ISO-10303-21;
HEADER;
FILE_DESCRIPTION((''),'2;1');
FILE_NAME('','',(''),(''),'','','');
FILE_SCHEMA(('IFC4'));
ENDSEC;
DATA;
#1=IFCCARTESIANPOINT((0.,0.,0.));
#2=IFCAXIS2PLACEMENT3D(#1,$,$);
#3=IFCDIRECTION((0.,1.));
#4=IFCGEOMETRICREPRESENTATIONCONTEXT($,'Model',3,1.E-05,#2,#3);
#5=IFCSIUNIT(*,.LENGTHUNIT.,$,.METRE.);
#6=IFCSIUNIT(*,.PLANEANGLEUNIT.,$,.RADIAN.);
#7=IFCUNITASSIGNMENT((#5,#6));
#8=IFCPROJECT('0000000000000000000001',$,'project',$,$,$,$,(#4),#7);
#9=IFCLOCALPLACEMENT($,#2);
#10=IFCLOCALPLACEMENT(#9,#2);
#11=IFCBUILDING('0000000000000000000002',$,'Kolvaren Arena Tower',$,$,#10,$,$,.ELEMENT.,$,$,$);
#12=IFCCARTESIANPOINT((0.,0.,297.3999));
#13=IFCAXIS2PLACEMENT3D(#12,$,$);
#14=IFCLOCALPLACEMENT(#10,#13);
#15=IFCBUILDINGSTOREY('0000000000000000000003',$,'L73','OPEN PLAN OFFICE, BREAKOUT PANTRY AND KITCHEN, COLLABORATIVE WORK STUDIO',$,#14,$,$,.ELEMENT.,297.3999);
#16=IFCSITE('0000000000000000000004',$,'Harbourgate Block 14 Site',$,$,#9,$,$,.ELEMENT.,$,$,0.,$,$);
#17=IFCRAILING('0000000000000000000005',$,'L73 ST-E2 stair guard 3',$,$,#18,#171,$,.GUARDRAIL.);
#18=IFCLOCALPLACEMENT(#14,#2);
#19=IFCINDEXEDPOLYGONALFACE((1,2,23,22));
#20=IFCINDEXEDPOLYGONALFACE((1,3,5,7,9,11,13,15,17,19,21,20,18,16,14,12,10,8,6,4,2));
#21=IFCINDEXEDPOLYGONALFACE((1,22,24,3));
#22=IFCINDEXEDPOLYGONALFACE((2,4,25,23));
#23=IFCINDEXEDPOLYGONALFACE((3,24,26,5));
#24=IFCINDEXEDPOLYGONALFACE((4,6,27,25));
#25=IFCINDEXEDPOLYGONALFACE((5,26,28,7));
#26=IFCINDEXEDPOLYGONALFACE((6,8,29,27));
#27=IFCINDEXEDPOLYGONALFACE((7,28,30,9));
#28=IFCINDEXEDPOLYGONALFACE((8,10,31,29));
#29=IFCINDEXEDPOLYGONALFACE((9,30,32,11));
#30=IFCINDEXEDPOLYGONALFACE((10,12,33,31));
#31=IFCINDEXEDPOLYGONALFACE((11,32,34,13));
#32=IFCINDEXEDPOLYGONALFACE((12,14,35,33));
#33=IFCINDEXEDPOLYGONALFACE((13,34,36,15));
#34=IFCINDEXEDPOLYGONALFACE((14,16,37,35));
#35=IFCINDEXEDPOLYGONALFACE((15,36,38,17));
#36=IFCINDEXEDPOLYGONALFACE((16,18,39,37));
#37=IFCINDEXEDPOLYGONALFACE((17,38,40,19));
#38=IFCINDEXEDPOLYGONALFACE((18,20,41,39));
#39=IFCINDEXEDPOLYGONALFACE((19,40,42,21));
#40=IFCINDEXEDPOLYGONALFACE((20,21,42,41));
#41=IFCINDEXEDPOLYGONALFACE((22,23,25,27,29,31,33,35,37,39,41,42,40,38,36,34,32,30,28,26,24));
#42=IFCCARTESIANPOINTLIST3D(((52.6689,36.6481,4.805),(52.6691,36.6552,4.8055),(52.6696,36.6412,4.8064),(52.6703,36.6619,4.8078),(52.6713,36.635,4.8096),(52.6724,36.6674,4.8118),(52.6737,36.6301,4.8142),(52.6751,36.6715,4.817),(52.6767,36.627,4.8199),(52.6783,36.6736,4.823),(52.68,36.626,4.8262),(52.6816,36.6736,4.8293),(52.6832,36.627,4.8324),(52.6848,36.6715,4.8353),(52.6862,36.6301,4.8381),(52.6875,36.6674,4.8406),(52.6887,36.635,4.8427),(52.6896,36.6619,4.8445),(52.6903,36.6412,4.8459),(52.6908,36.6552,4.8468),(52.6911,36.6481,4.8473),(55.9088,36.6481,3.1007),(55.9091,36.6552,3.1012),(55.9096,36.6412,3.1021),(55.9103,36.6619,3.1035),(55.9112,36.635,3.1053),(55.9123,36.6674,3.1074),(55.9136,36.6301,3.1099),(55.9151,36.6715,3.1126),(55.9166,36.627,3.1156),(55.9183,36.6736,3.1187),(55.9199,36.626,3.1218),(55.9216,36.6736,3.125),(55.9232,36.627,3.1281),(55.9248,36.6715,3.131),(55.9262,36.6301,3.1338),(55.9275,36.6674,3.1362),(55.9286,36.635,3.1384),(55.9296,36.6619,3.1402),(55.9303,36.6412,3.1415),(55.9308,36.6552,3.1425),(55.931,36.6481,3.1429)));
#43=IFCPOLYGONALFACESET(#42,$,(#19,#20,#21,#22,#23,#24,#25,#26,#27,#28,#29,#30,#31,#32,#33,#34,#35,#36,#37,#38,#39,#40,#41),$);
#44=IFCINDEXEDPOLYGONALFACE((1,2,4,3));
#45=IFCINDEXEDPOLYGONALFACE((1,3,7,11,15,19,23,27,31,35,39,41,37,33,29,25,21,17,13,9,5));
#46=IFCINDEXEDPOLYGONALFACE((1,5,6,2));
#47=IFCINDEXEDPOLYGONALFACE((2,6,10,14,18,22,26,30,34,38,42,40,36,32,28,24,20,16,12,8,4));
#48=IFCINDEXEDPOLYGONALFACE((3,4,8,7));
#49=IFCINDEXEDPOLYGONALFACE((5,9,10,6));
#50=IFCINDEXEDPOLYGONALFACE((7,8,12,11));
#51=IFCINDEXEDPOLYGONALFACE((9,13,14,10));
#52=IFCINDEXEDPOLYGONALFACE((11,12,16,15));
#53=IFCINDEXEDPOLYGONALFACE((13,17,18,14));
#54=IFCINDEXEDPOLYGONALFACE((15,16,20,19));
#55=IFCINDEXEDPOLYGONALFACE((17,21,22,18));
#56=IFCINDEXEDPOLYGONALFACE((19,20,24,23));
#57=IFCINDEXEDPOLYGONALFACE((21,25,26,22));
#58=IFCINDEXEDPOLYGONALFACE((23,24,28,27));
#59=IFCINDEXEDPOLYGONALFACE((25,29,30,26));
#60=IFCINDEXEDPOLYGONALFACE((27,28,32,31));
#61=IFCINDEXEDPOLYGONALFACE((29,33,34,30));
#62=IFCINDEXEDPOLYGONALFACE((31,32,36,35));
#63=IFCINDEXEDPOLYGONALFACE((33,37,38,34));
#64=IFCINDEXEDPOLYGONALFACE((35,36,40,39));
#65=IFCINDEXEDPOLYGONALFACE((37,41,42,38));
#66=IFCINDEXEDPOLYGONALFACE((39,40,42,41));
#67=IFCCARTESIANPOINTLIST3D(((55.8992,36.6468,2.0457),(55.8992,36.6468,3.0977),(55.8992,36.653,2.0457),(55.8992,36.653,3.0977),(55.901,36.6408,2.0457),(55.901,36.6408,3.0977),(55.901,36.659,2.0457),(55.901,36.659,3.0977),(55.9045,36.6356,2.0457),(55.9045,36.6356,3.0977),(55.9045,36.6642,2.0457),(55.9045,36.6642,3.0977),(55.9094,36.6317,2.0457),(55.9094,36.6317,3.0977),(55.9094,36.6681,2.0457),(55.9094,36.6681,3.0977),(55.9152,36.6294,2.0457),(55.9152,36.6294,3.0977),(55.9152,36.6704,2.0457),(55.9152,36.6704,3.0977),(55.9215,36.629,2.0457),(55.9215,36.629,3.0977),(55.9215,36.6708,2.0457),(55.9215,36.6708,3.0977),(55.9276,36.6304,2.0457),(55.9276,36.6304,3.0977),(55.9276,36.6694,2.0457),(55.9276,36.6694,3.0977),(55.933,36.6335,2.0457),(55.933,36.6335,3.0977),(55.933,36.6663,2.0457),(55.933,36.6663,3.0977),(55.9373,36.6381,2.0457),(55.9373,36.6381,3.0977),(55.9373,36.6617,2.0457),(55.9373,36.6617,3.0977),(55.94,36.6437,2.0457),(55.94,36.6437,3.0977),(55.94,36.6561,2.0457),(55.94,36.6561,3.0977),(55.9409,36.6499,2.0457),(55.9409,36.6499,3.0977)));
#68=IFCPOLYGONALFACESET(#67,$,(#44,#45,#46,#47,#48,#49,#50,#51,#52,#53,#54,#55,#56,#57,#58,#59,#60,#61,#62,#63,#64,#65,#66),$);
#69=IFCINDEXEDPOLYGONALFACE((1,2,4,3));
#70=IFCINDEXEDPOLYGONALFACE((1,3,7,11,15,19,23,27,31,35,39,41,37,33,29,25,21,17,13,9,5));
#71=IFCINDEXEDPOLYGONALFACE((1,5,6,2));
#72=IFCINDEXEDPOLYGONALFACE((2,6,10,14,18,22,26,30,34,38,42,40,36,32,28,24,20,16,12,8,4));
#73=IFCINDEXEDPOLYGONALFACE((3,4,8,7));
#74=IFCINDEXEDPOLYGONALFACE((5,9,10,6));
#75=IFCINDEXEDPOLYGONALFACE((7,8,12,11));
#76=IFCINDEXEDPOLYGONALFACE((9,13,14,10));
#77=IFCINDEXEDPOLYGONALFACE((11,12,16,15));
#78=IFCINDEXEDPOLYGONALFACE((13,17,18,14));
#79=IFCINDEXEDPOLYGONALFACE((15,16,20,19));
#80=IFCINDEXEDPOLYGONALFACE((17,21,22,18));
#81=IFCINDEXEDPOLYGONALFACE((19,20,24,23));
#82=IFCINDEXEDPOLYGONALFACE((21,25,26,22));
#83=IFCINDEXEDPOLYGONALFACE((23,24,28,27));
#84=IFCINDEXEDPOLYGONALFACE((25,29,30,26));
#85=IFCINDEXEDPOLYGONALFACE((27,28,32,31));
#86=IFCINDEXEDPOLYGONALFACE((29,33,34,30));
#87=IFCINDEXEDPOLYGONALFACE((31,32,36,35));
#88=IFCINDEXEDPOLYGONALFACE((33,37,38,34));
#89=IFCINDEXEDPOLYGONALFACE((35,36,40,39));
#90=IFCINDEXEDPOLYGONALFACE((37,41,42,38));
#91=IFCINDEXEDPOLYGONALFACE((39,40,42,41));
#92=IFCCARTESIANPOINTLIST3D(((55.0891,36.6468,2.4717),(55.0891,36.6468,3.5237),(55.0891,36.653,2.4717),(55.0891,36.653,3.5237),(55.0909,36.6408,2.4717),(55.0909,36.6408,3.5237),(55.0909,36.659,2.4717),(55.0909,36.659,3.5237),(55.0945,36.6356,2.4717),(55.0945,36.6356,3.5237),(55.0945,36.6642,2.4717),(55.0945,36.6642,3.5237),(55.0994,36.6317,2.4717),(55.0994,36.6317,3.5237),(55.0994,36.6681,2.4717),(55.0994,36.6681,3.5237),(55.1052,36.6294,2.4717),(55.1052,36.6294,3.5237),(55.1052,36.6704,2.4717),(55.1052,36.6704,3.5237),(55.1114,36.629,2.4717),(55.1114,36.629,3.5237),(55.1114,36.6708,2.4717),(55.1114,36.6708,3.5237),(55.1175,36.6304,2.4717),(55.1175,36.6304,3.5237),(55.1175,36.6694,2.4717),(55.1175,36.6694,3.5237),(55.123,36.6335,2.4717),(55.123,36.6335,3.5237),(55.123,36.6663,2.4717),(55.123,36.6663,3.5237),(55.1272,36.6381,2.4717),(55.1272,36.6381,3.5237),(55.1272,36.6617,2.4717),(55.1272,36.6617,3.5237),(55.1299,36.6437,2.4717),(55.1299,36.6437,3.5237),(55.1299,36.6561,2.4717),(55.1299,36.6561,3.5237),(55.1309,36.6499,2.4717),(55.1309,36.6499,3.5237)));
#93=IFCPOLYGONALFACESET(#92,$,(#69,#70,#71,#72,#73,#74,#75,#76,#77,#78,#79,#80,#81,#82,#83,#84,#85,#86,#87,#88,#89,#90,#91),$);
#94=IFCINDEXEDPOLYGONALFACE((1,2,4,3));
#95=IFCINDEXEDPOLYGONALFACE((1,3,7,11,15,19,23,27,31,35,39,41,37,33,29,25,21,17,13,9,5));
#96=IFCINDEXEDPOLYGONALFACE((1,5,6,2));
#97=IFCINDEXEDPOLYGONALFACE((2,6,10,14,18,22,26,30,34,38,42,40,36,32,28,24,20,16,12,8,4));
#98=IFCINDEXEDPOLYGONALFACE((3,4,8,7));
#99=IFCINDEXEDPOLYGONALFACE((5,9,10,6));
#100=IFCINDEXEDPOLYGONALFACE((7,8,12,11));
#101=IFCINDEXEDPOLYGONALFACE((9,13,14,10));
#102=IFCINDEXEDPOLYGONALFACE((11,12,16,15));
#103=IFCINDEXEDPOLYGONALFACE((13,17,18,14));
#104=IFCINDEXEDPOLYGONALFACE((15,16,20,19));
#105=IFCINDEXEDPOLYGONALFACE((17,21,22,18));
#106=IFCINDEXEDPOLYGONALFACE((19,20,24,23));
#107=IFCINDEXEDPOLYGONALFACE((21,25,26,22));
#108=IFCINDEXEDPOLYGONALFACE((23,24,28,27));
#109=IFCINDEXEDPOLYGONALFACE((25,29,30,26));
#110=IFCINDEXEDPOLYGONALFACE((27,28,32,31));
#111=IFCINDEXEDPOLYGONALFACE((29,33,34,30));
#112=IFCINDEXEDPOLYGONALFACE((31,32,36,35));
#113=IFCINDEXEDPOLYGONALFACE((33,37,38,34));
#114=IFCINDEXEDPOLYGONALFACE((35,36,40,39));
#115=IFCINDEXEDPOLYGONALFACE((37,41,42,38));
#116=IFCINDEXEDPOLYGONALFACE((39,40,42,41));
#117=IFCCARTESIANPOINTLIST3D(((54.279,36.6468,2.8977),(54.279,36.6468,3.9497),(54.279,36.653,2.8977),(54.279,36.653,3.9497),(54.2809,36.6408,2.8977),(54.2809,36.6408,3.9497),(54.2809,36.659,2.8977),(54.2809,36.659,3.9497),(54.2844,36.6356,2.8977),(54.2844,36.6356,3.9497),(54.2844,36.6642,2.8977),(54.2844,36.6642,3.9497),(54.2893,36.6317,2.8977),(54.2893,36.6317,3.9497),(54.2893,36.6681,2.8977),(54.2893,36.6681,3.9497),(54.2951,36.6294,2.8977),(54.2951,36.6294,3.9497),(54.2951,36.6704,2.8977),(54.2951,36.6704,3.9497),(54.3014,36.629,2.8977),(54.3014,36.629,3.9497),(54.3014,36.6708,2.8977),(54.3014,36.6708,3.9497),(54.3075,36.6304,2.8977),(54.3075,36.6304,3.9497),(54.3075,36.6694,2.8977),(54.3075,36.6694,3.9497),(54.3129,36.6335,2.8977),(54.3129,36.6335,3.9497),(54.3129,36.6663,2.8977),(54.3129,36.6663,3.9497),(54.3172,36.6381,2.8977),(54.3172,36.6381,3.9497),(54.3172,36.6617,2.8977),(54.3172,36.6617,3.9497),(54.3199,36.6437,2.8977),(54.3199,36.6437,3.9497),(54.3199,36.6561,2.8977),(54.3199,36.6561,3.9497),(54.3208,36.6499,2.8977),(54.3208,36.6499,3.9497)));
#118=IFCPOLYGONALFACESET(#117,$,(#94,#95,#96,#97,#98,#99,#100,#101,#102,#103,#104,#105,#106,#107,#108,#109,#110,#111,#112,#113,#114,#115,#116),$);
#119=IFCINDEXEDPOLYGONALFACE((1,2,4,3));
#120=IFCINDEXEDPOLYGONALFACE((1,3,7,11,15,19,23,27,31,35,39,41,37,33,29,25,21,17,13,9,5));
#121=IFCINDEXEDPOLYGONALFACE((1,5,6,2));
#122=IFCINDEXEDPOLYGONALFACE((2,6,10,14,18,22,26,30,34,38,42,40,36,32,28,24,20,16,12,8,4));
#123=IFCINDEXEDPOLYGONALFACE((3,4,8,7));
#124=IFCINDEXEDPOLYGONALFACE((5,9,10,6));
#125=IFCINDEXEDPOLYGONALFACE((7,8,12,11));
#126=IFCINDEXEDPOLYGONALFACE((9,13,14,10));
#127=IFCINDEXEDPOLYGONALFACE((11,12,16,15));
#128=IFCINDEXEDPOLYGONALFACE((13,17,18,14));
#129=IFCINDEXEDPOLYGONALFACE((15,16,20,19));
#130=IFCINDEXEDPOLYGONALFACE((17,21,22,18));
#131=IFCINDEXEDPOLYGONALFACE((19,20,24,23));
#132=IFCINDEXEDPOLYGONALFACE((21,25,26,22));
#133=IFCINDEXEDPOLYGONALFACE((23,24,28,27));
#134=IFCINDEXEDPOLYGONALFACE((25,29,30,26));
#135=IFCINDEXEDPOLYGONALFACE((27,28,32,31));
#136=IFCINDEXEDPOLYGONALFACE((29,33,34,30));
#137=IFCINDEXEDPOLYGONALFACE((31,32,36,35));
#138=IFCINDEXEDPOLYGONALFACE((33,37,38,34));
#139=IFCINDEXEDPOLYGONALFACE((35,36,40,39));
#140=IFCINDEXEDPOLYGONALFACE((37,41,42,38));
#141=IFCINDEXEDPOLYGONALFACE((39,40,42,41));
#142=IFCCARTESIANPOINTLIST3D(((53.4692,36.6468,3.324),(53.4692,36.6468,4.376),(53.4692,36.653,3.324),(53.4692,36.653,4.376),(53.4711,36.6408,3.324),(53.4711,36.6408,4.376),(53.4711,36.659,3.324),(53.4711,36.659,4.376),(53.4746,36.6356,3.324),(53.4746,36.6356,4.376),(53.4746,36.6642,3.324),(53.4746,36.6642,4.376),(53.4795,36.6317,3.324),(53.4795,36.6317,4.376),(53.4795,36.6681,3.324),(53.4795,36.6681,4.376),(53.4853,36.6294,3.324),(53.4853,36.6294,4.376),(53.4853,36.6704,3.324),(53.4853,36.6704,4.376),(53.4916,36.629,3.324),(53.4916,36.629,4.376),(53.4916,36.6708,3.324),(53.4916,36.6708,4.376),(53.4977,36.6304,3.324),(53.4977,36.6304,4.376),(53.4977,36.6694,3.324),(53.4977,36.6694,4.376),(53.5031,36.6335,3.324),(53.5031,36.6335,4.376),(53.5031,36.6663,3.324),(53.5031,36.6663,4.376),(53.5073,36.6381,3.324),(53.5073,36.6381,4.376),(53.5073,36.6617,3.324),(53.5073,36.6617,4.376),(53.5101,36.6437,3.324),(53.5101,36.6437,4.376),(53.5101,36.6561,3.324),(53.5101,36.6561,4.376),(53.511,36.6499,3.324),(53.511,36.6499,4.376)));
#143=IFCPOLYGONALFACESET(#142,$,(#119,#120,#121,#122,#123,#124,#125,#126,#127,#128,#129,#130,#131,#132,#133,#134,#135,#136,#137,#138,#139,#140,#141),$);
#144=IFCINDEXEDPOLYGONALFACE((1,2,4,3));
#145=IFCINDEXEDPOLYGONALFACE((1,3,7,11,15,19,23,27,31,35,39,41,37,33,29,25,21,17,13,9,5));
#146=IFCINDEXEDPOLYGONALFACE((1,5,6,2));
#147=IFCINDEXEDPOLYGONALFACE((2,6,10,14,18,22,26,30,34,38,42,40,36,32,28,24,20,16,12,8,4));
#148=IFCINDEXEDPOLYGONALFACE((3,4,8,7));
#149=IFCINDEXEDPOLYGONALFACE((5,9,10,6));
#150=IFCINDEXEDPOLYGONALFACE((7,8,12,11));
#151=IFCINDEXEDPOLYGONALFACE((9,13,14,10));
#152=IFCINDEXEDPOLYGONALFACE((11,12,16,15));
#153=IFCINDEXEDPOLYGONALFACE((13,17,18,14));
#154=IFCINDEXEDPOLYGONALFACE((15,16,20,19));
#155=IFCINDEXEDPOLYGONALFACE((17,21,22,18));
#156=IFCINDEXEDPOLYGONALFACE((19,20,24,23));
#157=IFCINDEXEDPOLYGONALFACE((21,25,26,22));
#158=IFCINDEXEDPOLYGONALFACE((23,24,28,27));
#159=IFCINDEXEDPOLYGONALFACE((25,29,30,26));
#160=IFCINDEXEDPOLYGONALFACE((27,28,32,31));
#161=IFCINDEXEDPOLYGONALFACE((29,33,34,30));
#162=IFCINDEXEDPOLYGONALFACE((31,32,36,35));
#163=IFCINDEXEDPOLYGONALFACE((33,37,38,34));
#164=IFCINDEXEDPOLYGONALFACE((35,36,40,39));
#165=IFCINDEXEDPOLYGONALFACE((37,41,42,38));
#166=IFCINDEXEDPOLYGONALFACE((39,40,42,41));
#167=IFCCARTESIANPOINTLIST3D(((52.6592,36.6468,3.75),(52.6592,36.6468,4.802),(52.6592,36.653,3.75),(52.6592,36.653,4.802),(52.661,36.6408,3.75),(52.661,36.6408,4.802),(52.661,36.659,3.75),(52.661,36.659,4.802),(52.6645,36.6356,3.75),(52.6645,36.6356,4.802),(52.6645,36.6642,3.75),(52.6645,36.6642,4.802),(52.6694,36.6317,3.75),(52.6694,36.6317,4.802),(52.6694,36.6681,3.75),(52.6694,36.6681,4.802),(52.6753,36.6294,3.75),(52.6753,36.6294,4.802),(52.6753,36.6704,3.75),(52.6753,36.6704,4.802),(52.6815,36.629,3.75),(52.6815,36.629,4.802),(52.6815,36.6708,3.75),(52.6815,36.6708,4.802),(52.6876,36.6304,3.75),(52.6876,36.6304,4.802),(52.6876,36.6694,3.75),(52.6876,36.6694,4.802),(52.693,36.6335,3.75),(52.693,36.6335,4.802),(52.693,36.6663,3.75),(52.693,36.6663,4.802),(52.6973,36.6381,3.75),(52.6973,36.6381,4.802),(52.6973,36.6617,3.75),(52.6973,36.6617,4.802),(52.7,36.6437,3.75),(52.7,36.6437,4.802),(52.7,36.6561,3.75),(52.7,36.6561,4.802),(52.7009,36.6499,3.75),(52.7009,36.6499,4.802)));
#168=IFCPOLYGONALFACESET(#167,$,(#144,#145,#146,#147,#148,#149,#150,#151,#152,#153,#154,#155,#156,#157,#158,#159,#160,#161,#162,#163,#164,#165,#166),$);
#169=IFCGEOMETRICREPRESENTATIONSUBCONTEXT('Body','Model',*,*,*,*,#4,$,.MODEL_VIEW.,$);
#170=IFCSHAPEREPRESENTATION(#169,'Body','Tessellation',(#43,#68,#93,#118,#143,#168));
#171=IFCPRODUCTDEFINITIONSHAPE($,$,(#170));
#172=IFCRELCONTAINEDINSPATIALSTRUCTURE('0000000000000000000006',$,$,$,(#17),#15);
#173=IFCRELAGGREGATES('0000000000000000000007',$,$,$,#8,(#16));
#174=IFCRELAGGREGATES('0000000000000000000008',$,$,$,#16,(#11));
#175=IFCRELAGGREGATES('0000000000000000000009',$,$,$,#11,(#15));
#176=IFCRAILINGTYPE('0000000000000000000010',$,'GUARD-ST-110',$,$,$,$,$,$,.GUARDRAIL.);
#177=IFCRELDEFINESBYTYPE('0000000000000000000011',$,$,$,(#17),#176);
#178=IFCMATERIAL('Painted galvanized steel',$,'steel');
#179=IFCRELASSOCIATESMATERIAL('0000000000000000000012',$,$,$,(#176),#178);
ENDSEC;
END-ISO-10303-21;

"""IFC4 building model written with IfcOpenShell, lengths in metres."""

from ifc_helpers import new_model, si_unit, direction, frame, origin, origin_2d, place, context, subcontext, project, spatial, circle, extrude, material, type_object, element, save


model = new_model("IFC4")

# Units and contexts
model_context = context("Model", 3, precision=1e-05, world=origin(), true_north=direction((0.0, 1.0)))
body_context = subcontext(model_context, "Body", "Model", "MODEL_VIEW")
ifc_project = project(units=[si_unit("LENGTHUNIT", "METRE"), si_unit("PLANEANGLEUNIT", "RADIAN")], contexts=[model_context])

# Site, building, storey
site_placement = place(None, origin())
site = spatial("IfcSite", under=ifc_project, at=site_placement, Name="Harbourgate Block 14 Site", CompositionType="ELEMENT", RefElevation=0.0)
building_placement = place(site_placement, origin())
building = spatial("IfcBuilding", under=site, at=building_placement, Name="Kolvaren Arena Tower", CompositionType="ELEMENT")
storey_placement = place(building_placement, frame((0.0, 0.0, 297.3999)))
storey = spatial("IfcBuildingStorey", under=building, at=storey_placement, Name="L73", Description="OPEN PLAN OFFICE, BREAKOUT PANTRY AND KITCHEN, COLLABORATIVE WORK STUDIO", CompositionType="ELEMENT", Elevation=297.3999)

# Railing
ifc_material_1 = material(Name="Painted galvanized steel", Category="steel")
railing_type_1 = type_object("IfcRailingType", Name="GUARD-ST-110", PredefinedType="GUARDRAIL", material=ifc_material_1)
railing_1_placement = place(storey_placement, frame((55.9199, 36.6499, 2.0457)))
element("IfcRailing", 1, at=railing_1_placement, inside=storey, type_object=railing_type_1, Name="L73 ST-E2 stair guard 3", PredefinedType="GUARDRAIL", context=body_context, shape_type="SweptSolid", body=[
    extrude(circle(Radius=0.0239, at=origin_2d()), frame((0.0, 0.0, 1.0762), z_axis=(-0.885021, 0.0, 0.465551), x_axis=(0.0, -1.0, 0.0)), (0.0, 0.0, 1.0), 3.6609),
    extrude(circle(Radius=0.021, at=origin_2d()), origin(), (0.0, 0.0, 1.0), 1.052),
    extrude(circle(Radius=0.021, at=origin_2d()), frame((-0.8101, 0.0, 0.426)), (0.0, 0.0, 1.0), 1.052),
    extrude(circle(Radius=0.021, at=origin_2d()), frame((-1.6201, 0.0, 0.8521)), (0.0, 0.0, 1.0), 1.052),
    extrude(circle(Radius=0.021, at=origin_2d()), frame((-2.4299, 0.0, 1.2783)), (0.0, 0.0, 1.0), 1.052),
    extrude(circle(Radius=0.021, at=origin_2d()), frame((-3.24, 0.0, 1.7043)), (0.0, 0.0, 1.0), 1.052),
])

save(model, "model.ifc")
